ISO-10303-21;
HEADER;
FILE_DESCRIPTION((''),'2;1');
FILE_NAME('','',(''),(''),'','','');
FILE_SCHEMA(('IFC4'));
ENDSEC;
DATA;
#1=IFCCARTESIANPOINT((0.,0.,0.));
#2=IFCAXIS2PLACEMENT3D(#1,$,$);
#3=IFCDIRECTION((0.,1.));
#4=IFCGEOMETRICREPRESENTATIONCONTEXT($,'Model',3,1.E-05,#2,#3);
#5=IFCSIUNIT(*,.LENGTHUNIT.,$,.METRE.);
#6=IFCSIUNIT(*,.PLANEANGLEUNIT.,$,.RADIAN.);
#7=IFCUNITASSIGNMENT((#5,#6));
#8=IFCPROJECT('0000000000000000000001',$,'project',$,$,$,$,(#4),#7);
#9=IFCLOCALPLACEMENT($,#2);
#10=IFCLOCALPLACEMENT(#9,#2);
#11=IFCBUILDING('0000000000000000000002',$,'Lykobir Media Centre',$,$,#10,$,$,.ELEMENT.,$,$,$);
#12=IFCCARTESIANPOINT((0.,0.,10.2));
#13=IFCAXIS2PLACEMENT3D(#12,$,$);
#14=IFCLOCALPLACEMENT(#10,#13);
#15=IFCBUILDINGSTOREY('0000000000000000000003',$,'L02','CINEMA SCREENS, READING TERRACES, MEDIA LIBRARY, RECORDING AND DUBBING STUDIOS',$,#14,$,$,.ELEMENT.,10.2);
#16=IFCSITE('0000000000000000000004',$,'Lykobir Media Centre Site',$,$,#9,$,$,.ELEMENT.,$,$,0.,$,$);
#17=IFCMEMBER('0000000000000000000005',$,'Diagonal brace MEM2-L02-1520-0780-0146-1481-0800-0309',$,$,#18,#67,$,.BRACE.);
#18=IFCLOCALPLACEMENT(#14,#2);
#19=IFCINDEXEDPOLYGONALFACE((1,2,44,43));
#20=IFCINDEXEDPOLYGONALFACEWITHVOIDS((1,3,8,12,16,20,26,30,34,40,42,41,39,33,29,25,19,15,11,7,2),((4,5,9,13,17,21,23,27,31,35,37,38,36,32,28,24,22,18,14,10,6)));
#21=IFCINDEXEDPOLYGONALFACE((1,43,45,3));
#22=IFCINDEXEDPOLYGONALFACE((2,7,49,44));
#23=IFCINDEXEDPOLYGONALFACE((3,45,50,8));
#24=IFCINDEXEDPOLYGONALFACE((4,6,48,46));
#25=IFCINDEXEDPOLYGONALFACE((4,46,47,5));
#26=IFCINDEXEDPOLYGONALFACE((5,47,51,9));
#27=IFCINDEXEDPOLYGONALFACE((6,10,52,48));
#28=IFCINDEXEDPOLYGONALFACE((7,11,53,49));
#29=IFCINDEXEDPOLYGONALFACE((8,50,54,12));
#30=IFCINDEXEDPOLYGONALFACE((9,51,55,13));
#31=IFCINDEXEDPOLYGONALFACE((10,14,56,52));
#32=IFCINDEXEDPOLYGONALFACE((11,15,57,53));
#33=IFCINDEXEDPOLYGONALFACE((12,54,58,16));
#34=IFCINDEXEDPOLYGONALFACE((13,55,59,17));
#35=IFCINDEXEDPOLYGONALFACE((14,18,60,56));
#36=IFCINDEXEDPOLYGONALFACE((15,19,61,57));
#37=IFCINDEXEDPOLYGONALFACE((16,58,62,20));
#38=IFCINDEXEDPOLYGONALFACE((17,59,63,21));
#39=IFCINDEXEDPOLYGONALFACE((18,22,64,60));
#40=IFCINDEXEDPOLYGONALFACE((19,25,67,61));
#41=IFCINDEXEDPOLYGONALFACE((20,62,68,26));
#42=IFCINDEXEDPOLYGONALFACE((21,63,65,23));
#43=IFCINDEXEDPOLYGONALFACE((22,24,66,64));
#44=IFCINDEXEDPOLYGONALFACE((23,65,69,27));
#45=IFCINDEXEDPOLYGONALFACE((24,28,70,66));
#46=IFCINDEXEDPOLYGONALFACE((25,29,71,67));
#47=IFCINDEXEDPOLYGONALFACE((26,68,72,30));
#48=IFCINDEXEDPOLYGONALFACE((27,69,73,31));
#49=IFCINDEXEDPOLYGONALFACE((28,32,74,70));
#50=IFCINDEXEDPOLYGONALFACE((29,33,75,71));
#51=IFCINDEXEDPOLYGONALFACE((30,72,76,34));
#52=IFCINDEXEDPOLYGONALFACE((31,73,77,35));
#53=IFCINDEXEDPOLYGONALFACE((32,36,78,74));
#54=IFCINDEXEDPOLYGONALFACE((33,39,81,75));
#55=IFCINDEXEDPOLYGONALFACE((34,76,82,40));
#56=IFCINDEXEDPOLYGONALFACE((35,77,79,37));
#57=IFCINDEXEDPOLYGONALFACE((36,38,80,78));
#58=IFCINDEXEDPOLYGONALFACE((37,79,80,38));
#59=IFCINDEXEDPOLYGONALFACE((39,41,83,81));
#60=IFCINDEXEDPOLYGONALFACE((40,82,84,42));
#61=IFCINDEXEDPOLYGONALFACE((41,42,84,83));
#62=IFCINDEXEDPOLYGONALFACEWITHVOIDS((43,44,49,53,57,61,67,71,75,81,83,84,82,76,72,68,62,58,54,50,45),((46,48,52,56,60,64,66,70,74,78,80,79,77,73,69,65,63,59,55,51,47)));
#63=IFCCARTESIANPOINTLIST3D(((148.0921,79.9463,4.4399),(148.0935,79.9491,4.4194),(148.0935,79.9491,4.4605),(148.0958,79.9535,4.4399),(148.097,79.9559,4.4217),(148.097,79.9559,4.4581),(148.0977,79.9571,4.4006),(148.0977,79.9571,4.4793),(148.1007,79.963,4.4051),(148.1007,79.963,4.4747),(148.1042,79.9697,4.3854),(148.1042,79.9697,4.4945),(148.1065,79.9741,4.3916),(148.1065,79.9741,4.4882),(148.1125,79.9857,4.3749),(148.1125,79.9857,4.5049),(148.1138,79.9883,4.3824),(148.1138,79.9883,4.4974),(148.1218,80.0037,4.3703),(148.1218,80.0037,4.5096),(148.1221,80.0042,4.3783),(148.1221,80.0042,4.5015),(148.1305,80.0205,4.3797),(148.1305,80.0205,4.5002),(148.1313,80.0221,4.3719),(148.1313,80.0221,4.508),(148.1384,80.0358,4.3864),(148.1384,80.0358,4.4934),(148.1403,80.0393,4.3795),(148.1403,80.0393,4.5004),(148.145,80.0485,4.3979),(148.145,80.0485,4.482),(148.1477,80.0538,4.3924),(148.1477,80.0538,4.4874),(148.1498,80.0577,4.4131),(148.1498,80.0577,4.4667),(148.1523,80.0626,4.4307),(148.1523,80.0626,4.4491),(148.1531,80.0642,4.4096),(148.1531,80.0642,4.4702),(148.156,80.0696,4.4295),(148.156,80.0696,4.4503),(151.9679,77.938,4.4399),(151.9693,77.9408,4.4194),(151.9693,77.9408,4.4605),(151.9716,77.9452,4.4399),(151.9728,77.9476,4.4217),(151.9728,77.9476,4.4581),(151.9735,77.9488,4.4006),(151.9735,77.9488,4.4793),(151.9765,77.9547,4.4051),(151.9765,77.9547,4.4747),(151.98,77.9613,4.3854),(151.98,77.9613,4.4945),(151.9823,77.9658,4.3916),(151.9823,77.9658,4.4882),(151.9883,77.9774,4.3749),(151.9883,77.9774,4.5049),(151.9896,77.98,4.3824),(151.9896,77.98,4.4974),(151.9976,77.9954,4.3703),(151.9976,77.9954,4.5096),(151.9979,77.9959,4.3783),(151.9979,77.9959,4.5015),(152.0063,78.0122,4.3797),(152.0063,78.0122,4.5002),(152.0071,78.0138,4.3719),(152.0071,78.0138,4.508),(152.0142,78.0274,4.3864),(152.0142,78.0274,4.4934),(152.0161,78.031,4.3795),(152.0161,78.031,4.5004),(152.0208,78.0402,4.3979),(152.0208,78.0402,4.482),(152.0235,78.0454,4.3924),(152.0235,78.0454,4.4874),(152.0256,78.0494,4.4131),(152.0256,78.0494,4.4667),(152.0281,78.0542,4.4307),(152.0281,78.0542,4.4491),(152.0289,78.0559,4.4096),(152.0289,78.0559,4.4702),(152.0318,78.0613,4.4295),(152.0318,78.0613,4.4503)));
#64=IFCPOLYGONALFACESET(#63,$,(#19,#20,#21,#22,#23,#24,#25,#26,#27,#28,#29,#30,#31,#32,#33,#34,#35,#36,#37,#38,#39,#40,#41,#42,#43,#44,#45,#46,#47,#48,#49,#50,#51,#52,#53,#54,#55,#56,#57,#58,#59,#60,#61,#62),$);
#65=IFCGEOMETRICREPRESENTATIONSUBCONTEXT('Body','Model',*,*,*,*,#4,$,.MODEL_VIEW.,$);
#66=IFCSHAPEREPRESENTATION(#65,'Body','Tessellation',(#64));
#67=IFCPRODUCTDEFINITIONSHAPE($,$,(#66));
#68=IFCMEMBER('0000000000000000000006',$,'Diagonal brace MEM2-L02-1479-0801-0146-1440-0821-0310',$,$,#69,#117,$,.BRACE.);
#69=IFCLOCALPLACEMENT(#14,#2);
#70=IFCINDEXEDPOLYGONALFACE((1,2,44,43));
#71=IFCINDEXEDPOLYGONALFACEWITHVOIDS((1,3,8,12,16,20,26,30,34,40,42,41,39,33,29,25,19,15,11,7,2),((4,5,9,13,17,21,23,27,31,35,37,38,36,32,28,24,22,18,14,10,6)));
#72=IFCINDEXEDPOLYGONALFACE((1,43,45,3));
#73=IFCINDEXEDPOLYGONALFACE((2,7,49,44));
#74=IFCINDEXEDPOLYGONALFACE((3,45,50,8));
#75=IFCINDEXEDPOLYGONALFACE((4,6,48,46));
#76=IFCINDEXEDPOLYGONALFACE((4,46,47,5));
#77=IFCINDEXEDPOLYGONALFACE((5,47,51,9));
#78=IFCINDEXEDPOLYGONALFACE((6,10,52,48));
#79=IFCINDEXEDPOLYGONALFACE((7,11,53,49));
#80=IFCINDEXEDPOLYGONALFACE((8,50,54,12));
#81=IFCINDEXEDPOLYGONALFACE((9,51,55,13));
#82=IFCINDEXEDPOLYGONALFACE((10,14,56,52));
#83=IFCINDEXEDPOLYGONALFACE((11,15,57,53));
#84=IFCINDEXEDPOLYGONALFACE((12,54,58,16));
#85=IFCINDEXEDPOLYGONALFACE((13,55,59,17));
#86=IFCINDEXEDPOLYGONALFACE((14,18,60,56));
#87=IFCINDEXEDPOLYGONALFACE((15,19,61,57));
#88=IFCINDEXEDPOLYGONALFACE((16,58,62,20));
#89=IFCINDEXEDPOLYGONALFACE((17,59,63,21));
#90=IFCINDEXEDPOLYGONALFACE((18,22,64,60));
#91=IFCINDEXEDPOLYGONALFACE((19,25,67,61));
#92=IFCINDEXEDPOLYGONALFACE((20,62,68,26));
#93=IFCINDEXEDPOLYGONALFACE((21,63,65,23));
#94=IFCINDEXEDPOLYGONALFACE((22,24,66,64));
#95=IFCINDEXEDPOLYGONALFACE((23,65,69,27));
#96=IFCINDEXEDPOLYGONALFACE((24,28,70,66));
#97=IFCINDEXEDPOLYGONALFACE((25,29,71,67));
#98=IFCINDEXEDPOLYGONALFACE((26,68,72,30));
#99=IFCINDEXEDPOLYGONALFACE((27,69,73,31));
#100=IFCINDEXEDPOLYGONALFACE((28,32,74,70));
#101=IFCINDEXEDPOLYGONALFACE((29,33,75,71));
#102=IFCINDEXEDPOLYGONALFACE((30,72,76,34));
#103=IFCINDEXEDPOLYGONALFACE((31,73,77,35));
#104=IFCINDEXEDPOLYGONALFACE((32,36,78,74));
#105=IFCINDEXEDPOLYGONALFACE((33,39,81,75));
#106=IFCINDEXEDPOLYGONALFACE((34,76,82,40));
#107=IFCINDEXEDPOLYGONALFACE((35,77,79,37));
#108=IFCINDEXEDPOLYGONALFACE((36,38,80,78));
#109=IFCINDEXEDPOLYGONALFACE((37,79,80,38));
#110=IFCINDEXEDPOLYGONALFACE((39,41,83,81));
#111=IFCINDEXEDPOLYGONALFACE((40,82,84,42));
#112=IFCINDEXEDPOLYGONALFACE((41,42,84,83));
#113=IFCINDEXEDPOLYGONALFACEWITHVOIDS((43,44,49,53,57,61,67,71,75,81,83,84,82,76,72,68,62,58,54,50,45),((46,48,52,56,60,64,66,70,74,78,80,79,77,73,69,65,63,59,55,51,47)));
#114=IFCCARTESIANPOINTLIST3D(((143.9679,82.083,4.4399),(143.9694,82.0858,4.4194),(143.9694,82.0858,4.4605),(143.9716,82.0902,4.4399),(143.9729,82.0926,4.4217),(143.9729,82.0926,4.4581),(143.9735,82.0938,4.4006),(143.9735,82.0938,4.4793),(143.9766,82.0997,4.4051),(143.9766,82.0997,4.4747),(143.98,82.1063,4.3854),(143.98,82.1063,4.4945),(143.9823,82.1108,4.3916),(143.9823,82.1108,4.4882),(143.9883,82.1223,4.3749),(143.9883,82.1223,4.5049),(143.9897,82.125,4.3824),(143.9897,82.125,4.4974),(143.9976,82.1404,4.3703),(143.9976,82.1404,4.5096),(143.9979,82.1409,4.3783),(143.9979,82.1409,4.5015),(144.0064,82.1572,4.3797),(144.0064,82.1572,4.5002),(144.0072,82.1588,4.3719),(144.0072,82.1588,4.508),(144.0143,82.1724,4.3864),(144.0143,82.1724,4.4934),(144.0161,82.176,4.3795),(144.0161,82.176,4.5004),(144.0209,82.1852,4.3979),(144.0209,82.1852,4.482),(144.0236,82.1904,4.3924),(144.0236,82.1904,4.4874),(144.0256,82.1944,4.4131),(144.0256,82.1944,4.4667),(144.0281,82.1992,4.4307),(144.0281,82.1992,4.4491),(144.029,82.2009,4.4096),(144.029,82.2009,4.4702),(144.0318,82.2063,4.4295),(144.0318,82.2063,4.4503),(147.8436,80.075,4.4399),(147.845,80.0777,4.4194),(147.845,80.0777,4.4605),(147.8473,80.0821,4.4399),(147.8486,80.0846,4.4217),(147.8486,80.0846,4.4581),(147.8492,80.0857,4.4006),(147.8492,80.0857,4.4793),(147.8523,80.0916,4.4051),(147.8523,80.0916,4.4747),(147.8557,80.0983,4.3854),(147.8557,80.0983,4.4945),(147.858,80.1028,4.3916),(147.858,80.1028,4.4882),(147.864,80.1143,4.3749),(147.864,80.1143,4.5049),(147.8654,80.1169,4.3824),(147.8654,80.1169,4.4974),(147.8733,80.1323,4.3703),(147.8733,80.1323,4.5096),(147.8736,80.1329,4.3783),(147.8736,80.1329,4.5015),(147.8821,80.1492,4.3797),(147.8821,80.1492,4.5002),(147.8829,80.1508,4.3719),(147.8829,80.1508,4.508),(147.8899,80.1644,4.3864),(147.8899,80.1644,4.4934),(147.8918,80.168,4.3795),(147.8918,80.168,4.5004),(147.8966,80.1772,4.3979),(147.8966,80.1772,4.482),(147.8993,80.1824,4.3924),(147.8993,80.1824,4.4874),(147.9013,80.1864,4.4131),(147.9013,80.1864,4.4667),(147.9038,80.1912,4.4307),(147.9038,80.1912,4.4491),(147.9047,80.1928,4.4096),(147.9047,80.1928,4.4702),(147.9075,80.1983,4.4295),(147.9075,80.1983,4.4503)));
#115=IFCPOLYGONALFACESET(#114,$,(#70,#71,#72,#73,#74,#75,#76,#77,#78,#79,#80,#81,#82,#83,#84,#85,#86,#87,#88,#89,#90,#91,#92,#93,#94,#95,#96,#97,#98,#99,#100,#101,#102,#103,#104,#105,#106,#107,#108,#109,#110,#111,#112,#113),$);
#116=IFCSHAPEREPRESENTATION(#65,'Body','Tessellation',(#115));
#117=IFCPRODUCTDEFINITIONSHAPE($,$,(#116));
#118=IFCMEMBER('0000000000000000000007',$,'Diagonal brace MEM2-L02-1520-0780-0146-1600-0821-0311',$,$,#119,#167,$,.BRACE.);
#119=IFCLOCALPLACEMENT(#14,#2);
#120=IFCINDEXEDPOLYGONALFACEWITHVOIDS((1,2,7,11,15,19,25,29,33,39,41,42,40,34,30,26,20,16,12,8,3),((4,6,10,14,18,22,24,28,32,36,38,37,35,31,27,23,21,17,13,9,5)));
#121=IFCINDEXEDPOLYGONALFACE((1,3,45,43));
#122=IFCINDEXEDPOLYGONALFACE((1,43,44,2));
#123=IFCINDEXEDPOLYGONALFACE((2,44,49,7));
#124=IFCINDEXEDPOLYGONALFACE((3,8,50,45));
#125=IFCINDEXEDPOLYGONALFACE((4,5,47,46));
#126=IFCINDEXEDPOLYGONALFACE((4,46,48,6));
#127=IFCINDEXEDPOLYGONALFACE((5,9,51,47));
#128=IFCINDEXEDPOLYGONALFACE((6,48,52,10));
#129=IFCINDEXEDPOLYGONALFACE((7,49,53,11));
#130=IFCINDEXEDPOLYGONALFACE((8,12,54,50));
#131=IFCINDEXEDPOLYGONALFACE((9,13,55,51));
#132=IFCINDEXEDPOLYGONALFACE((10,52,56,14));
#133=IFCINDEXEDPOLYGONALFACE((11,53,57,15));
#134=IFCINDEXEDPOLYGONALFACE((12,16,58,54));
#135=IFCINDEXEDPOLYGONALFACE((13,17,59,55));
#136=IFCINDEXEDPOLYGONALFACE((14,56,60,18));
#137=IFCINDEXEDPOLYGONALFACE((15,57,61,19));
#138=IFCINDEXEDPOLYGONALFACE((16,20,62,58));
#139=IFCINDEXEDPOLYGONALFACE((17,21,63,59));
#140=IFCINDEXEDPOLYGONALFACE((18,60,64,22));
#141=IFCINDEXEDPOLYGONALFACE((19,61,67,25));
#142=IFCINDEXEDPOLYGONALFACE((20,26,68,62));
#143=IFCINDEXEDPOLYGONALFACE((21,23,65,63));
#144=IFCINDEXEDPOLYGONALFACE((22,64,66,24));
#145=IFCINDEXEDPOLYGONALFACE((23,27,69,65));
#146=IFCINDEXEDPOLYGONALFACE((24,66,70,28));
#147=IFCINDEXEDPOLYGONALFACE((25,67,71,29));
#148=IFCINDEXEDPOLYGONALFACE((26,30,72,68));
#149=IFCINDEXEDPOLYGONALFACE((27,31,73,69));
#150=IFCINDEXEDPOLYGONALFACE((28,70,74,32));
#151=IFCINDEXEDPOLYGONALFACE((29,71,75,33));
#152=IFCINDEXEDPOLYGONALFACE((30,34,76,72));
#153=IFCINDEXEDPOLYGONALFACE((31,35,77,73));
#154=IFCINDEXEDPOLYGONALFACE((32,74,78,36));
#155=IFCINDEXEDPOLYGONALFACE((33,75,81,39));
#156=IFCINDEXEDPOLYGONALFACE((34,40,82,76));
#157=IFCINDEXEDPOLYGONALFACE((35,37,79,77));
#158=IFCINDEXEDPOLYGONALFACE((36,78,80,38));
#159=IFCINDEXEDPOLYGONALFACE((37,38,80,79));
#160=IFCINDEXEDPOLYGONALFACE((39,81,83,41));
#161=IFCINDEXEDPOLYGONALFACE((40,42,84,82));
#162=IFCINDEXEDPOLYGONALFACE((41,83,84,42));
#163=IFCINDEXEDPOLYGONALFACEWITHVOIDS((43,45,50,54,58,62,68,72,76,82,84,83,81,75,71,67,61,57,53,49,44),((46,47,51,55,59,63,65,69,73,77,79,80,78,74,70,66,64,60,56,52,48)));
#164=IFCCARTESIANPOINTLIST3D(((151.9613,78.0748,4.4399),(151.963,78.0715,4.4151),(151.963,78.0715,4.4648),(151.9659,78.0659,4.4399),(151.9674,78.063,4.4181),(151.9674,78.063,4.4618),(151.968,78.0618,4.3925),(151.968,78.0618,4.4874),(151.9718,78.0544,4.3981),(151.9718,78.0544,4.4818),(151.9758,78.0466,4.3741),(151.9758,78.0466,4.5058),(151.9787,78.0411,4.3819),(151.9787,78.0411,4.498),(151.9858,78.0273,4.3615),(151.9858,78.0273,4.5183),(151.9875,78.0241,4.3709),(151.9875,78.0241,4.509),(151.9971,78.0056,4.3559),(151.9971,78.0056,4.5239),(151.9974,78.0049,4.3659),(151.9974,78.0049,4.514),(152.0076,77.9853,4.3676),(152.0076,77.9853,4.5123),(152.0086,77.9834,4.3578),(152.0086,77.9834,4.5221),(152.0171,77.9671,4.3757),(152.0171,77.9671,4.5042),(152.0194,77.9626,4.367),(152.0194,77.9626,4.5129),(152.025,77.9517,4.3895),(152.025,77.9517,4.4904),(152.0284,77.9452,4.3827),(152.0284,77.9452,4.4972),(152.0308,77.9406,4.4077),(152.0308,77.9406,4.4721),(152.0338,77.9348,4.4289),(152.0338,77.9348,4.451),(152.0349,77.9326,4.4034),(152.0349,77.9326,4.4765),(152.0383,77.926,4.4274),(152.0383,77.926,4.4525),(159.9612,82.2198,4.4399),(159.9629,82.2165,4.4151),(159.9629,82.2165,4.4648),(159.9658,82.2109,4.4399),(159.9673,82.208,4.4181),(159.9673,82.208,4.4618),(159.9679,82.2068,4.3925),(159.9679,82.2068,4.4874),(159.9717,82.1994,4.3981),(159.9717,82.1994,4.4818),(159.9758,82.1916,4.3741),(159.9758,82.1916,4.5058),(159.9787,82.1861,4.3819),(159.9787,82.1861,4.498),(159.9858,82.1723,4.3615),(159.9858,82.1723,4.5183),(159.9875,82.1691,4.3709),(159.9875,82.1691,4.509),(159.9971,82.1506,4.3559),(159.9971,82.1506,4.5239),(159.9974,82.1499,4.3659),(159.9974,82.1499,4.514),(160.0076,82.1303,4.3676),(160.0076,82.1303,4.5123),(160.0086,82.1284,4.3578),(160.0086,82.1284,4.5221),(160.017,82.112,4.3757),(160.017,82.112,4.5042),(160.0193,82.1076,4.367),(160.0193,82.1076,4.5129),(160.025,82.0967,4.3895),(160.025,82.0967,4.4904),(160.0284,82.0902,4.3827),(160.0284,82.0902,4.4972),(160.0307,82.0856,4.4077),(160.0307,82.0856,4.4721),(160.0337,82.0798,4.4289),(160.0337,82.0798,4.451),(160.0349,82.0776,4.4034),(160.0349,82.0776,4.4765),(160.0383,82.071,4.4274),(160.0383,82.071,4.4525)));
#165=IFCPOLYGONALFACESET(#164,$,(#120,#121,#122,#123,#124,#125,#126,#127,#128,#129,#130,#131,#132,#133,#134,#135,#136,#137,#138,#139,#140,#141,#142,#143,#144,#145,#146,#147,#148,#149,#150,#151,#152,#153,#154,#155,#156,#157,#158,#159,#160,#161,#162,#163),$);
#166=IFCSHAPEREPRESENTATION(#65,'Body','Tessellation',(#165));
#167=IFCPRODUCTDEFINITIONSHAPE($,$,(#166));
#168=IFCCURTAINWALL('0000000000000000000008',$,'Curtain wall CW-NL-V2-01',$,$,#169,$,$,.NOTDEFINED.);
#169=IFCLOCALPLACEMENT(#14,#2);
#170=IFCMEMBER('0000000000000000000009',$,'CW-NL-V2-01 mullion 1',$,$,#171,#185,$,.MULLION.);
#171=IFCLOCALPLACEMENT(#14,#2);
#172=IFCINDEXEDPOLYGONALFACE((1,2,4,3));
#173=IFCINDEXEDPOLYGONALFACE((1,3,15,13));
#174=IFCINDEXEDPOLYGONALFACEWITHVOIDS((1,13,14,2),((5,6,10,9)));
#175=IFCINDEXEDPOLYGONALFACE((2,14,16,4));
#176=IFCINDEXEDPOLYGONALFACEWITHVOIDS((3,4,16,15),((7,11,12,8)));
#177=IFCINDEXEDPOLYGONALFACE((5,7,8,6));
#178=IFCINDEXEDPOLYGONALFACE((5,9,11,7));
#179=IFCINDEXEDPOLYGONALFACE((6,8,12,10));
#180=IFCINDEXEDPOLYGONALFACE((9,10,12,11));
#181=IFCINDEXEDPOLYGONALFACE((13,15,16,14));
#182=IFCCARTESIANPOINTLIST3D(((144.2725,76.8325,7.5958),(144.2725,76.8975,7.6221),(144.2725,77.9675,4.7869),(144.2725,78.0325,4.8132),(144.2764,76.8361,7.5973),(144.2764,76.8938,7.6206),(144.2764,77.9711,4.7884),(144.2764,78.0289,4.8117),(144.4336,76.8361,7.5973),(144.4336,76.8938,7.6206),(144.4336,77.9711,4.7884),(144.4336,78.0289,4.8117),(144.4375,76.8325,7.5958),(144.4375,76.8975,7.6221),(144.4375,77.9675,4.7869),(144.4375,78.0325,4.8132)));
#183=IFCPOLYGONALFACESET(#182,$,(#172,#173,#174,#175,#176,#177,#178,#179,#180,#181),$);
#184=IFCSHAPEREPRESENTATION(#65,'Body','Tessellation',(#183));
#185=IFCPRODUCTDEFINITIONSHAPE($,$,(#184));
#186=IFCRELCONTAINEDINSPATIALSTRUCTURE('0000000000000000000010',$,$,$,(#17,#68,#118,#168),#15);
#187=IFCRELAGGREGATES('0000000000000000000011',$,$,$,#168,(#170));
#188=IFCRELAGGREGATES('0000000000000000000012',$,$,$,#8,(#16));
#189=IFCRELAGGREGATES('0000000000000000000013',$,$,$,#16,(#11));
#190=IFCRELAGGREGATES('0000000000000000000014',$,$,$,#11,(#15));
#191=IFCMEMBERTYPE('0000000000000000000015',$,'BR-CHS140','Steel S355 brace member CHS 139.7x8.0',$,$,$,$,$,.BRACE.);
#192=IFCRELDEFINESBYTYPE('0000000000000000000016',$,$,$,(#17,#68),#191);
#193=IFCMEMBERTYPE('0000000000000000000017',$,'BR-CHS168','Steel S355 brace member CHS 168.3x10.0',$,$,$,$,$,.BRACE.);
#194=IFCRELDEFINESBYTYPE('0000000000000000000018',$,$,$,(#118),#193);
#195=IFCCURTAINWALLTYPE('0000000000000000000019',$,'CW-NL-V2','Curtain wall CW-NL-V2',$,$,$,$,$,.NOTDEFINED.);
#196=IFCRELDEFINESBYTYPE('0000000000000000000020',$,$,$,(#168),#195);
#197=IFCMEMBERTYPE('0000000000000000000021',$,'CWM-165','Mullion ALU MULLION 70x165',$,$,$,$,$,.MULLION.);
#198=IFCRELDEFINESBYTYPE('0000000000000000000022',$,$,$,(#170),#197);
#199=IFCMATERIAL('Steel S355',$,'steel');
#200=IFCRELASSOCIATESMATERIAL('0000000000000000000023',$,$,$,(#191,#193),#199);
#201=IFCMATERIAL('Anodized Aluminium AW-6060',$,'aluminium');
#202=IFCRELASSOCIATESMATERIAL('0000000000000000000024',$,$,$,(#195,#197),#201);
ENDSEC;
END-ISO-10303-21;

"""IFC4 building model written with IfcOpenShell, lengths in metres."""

from ifc_helpers import new_model, si_unit, direction, frame, origin, origin_2d, place, context, subcontext, project, spatial, hollow_rectangle, hollow_circle, extrude, material, material_profile, profile_set, type_object, element, aggregate, save


model = new_model("IFC4")

# Units and contexts
model_context = context("Model", 3, precision=1e-05, world=origin(), true_north=direction((0.0, 1.0)))
body_context = subcontext(model_context, "Body", "Model", "MODEL_VIEW")
ifc_project = project(units=[si_unit("LENGTHUNIT", "METRE"), si_unit("PLANEANGLEUNIT", "RADIAN")], contexts=[model_context])

# Site, building, storey
site_placement = place(None, origin())
site = spatial("IfcSite", under=ifc_project, at=site_placement, Name="Lykobir Media Centre Site", CompositionType="ELEMENT", RefElevation=0.0)
building_placement = place(site_placement, origin())
building = spatial("IfcBuilding", under=site, at=building_placement, Name="Lykobir Media Centre", CompositionType="ELEMENT")
storey_placement = place(building_placement, frame((0.0, 0.0, 10.2)))
storey = spatial("IfcBuildingStorey", under=building, at=storey_placement, Name="L02", Description="CINEMA SCREENS, READING TERRACES, MEDIA LIBRARY, RECORDING AND DUBBING STUDIOS", CompositionType="ELEMENT", Elevation=10.2)

# Members
ifc_material_1 = material(Name="Steel S355", Category="steel")
ifc_material_profile_1 = material_profile(ifc_material_1, hollow_circle(Radius=0.0698, WallThickness=0.0081, at=origin_2d()), Name="CHS 139.7x8.0")
ifc_profile_set_1 = profile_set([ifc_material_profile_1], Name="Steel S355")
member_type_1 = type_object("IfcMemberType", Name="BR-CHS140", Description="Steel S355 brace member CHS 139.7x8.0", PredefinedType="BRACE", material=ifc_profile_set_1)
member_1_placement = place(storey_placement, frame((152.0, 78.0, 4.4399), z_axis=(-0.88788, 0.460076, 0.0), x_axis=(-0.460076, -0.88788, 0.0)))
element("IfcMember", 1, at=member_1_placement, inside=storey, type_object=member_type_1, Name="Diagonal brace MEM2-L02-1520-0780-0146-1481-0800-0309", PredefinedType="BRACE", context=body_context, shape_type="SweptSolid", body=[
    extrude(hollow_circle(Radius=0.0698, WallThickness=0.0081, at=origin_2d()), origin(), (0.0, 0.0, 1.0), 4.3652),
])
member_2_placement = place(storey_placement, frame((147.8757, 80.137, 4.4399), z_axis=(-0.887903, 0.460031, 0.0), x_axis=(-0.460031, -0.887903, 0.0)))
element("IfcMember", 2, at=member_2_placement, inside=storey, type_object=member_type_1, Name="Diagonal brace MEM2-L02-1479-0801-0146-1440-0821-0310", PredefinedType="BRACE", context=body_context, shape_type="SweptSolid", body=[
    extrude(hollow_circle(Radius=0.0698, WallThickness=0.0081, at=origin_2d()), origin(), (0.0, 0.0, 1.0), 4.365),
])
ifc_material_profile_2 = material_profile(ifc_material_1, hollow_circle(Radius=0.0842, WallThickness=0.01, at=origin_2d()), Name="CHS 168.3x10.0")
ifc_profile_set_2 = profile_set([ifc_material_profile_2], Name="Steel S355")
member_type_2 = type_object("IfcMemberType", Name="BR-CHS168", Description="Steel S355 brace member CHS 168.3x10.0", PredefinedType="BRACE", material=ifc_profile_set_2)
member_3_placement = place(storey_placement, frame((152.0, 78.0, 4.4399), z_axis=(0.887896, 0.460043, 0.0), x_axis=(-0.460043, 0.887896, 0.0)))
element("IfcMember", 3, at=member_3_placement, inside=storey, type_object=member_type_2, Name="Diagonal brace MEM2-L02-1520-0780-0146-1600-0821-0311", PredefinedType="BRACE", context=body_context, shape_type="SweptSolid", body=[
    extrude(hollow_circle(Radius=0.0842, WallThickness=0.01, at=origin_2d()), origin(), (0.0, 0.0, 1.0), 9.01),
])

# Curtain wall, member
ifc_material_2 = material(Name="Anodized Aluminium AW-6060", Category="aluminium")
curtain_wall_type = type_object("IfcCurtainWallType", Name="CW-NL-V2", Description="Curtain wall CW-NL-V2", PredefinedType="NOTDEFINED", material=ifc_material_2)
curtain_wall_1_placement = place(storey_placement, origin())
curtain_wall_1 = element("IfcCurtainWall", 4, at=curtain_wall_1_placement, inside=storey, type_object=curtain_wall_type, Name="Curtain wall CW-NL-V2-01", PredefinedType="NOTDEFINED")
ifc_material_profile_3 = material_profile(ifc_material_2, hollow_rectangle(XDim=0.0701, YDim=0.165, WallThickness=0.0039, at=origin_2d()), Name="ALU MULLION 70x165")
ifc_profile_set_3 = profile_set([ifc_material_profile_3], Name="Anodized Aluminium AW-6060")
member_type_3 = type_object("IfcMemberType", Name="CWM-165", Description="Mullion ALU MULLION 70x165", PredefinedType="MULLION", material=ifc_profile_set_3)
member_4_placement = place(storey_placement, frame((144.355, 78.0, 4.8), z_axis=(0.0, -0.374654, 0.927165), x_axis=(0.0, 0.927165, 0.374654)))
member_4 = element("IfcMember", 5, at=member_4_placement, type_object=member_type_3, Name="CW-NL-V2-01 mullion 1", PredefinedType="MULLION", context=body_context, shape_type="SweptSolid", body=[
    extrude(hollow_rectangle(XDim=0.0701, YDim=0.165, WallThickness=0.0039, at=origin_2d()), origin(), (0.0, 0.0, 1.0), 3.0295),
])
aggregate(curtain_wall_1, [member_4])

save(model, "model.ifc")
